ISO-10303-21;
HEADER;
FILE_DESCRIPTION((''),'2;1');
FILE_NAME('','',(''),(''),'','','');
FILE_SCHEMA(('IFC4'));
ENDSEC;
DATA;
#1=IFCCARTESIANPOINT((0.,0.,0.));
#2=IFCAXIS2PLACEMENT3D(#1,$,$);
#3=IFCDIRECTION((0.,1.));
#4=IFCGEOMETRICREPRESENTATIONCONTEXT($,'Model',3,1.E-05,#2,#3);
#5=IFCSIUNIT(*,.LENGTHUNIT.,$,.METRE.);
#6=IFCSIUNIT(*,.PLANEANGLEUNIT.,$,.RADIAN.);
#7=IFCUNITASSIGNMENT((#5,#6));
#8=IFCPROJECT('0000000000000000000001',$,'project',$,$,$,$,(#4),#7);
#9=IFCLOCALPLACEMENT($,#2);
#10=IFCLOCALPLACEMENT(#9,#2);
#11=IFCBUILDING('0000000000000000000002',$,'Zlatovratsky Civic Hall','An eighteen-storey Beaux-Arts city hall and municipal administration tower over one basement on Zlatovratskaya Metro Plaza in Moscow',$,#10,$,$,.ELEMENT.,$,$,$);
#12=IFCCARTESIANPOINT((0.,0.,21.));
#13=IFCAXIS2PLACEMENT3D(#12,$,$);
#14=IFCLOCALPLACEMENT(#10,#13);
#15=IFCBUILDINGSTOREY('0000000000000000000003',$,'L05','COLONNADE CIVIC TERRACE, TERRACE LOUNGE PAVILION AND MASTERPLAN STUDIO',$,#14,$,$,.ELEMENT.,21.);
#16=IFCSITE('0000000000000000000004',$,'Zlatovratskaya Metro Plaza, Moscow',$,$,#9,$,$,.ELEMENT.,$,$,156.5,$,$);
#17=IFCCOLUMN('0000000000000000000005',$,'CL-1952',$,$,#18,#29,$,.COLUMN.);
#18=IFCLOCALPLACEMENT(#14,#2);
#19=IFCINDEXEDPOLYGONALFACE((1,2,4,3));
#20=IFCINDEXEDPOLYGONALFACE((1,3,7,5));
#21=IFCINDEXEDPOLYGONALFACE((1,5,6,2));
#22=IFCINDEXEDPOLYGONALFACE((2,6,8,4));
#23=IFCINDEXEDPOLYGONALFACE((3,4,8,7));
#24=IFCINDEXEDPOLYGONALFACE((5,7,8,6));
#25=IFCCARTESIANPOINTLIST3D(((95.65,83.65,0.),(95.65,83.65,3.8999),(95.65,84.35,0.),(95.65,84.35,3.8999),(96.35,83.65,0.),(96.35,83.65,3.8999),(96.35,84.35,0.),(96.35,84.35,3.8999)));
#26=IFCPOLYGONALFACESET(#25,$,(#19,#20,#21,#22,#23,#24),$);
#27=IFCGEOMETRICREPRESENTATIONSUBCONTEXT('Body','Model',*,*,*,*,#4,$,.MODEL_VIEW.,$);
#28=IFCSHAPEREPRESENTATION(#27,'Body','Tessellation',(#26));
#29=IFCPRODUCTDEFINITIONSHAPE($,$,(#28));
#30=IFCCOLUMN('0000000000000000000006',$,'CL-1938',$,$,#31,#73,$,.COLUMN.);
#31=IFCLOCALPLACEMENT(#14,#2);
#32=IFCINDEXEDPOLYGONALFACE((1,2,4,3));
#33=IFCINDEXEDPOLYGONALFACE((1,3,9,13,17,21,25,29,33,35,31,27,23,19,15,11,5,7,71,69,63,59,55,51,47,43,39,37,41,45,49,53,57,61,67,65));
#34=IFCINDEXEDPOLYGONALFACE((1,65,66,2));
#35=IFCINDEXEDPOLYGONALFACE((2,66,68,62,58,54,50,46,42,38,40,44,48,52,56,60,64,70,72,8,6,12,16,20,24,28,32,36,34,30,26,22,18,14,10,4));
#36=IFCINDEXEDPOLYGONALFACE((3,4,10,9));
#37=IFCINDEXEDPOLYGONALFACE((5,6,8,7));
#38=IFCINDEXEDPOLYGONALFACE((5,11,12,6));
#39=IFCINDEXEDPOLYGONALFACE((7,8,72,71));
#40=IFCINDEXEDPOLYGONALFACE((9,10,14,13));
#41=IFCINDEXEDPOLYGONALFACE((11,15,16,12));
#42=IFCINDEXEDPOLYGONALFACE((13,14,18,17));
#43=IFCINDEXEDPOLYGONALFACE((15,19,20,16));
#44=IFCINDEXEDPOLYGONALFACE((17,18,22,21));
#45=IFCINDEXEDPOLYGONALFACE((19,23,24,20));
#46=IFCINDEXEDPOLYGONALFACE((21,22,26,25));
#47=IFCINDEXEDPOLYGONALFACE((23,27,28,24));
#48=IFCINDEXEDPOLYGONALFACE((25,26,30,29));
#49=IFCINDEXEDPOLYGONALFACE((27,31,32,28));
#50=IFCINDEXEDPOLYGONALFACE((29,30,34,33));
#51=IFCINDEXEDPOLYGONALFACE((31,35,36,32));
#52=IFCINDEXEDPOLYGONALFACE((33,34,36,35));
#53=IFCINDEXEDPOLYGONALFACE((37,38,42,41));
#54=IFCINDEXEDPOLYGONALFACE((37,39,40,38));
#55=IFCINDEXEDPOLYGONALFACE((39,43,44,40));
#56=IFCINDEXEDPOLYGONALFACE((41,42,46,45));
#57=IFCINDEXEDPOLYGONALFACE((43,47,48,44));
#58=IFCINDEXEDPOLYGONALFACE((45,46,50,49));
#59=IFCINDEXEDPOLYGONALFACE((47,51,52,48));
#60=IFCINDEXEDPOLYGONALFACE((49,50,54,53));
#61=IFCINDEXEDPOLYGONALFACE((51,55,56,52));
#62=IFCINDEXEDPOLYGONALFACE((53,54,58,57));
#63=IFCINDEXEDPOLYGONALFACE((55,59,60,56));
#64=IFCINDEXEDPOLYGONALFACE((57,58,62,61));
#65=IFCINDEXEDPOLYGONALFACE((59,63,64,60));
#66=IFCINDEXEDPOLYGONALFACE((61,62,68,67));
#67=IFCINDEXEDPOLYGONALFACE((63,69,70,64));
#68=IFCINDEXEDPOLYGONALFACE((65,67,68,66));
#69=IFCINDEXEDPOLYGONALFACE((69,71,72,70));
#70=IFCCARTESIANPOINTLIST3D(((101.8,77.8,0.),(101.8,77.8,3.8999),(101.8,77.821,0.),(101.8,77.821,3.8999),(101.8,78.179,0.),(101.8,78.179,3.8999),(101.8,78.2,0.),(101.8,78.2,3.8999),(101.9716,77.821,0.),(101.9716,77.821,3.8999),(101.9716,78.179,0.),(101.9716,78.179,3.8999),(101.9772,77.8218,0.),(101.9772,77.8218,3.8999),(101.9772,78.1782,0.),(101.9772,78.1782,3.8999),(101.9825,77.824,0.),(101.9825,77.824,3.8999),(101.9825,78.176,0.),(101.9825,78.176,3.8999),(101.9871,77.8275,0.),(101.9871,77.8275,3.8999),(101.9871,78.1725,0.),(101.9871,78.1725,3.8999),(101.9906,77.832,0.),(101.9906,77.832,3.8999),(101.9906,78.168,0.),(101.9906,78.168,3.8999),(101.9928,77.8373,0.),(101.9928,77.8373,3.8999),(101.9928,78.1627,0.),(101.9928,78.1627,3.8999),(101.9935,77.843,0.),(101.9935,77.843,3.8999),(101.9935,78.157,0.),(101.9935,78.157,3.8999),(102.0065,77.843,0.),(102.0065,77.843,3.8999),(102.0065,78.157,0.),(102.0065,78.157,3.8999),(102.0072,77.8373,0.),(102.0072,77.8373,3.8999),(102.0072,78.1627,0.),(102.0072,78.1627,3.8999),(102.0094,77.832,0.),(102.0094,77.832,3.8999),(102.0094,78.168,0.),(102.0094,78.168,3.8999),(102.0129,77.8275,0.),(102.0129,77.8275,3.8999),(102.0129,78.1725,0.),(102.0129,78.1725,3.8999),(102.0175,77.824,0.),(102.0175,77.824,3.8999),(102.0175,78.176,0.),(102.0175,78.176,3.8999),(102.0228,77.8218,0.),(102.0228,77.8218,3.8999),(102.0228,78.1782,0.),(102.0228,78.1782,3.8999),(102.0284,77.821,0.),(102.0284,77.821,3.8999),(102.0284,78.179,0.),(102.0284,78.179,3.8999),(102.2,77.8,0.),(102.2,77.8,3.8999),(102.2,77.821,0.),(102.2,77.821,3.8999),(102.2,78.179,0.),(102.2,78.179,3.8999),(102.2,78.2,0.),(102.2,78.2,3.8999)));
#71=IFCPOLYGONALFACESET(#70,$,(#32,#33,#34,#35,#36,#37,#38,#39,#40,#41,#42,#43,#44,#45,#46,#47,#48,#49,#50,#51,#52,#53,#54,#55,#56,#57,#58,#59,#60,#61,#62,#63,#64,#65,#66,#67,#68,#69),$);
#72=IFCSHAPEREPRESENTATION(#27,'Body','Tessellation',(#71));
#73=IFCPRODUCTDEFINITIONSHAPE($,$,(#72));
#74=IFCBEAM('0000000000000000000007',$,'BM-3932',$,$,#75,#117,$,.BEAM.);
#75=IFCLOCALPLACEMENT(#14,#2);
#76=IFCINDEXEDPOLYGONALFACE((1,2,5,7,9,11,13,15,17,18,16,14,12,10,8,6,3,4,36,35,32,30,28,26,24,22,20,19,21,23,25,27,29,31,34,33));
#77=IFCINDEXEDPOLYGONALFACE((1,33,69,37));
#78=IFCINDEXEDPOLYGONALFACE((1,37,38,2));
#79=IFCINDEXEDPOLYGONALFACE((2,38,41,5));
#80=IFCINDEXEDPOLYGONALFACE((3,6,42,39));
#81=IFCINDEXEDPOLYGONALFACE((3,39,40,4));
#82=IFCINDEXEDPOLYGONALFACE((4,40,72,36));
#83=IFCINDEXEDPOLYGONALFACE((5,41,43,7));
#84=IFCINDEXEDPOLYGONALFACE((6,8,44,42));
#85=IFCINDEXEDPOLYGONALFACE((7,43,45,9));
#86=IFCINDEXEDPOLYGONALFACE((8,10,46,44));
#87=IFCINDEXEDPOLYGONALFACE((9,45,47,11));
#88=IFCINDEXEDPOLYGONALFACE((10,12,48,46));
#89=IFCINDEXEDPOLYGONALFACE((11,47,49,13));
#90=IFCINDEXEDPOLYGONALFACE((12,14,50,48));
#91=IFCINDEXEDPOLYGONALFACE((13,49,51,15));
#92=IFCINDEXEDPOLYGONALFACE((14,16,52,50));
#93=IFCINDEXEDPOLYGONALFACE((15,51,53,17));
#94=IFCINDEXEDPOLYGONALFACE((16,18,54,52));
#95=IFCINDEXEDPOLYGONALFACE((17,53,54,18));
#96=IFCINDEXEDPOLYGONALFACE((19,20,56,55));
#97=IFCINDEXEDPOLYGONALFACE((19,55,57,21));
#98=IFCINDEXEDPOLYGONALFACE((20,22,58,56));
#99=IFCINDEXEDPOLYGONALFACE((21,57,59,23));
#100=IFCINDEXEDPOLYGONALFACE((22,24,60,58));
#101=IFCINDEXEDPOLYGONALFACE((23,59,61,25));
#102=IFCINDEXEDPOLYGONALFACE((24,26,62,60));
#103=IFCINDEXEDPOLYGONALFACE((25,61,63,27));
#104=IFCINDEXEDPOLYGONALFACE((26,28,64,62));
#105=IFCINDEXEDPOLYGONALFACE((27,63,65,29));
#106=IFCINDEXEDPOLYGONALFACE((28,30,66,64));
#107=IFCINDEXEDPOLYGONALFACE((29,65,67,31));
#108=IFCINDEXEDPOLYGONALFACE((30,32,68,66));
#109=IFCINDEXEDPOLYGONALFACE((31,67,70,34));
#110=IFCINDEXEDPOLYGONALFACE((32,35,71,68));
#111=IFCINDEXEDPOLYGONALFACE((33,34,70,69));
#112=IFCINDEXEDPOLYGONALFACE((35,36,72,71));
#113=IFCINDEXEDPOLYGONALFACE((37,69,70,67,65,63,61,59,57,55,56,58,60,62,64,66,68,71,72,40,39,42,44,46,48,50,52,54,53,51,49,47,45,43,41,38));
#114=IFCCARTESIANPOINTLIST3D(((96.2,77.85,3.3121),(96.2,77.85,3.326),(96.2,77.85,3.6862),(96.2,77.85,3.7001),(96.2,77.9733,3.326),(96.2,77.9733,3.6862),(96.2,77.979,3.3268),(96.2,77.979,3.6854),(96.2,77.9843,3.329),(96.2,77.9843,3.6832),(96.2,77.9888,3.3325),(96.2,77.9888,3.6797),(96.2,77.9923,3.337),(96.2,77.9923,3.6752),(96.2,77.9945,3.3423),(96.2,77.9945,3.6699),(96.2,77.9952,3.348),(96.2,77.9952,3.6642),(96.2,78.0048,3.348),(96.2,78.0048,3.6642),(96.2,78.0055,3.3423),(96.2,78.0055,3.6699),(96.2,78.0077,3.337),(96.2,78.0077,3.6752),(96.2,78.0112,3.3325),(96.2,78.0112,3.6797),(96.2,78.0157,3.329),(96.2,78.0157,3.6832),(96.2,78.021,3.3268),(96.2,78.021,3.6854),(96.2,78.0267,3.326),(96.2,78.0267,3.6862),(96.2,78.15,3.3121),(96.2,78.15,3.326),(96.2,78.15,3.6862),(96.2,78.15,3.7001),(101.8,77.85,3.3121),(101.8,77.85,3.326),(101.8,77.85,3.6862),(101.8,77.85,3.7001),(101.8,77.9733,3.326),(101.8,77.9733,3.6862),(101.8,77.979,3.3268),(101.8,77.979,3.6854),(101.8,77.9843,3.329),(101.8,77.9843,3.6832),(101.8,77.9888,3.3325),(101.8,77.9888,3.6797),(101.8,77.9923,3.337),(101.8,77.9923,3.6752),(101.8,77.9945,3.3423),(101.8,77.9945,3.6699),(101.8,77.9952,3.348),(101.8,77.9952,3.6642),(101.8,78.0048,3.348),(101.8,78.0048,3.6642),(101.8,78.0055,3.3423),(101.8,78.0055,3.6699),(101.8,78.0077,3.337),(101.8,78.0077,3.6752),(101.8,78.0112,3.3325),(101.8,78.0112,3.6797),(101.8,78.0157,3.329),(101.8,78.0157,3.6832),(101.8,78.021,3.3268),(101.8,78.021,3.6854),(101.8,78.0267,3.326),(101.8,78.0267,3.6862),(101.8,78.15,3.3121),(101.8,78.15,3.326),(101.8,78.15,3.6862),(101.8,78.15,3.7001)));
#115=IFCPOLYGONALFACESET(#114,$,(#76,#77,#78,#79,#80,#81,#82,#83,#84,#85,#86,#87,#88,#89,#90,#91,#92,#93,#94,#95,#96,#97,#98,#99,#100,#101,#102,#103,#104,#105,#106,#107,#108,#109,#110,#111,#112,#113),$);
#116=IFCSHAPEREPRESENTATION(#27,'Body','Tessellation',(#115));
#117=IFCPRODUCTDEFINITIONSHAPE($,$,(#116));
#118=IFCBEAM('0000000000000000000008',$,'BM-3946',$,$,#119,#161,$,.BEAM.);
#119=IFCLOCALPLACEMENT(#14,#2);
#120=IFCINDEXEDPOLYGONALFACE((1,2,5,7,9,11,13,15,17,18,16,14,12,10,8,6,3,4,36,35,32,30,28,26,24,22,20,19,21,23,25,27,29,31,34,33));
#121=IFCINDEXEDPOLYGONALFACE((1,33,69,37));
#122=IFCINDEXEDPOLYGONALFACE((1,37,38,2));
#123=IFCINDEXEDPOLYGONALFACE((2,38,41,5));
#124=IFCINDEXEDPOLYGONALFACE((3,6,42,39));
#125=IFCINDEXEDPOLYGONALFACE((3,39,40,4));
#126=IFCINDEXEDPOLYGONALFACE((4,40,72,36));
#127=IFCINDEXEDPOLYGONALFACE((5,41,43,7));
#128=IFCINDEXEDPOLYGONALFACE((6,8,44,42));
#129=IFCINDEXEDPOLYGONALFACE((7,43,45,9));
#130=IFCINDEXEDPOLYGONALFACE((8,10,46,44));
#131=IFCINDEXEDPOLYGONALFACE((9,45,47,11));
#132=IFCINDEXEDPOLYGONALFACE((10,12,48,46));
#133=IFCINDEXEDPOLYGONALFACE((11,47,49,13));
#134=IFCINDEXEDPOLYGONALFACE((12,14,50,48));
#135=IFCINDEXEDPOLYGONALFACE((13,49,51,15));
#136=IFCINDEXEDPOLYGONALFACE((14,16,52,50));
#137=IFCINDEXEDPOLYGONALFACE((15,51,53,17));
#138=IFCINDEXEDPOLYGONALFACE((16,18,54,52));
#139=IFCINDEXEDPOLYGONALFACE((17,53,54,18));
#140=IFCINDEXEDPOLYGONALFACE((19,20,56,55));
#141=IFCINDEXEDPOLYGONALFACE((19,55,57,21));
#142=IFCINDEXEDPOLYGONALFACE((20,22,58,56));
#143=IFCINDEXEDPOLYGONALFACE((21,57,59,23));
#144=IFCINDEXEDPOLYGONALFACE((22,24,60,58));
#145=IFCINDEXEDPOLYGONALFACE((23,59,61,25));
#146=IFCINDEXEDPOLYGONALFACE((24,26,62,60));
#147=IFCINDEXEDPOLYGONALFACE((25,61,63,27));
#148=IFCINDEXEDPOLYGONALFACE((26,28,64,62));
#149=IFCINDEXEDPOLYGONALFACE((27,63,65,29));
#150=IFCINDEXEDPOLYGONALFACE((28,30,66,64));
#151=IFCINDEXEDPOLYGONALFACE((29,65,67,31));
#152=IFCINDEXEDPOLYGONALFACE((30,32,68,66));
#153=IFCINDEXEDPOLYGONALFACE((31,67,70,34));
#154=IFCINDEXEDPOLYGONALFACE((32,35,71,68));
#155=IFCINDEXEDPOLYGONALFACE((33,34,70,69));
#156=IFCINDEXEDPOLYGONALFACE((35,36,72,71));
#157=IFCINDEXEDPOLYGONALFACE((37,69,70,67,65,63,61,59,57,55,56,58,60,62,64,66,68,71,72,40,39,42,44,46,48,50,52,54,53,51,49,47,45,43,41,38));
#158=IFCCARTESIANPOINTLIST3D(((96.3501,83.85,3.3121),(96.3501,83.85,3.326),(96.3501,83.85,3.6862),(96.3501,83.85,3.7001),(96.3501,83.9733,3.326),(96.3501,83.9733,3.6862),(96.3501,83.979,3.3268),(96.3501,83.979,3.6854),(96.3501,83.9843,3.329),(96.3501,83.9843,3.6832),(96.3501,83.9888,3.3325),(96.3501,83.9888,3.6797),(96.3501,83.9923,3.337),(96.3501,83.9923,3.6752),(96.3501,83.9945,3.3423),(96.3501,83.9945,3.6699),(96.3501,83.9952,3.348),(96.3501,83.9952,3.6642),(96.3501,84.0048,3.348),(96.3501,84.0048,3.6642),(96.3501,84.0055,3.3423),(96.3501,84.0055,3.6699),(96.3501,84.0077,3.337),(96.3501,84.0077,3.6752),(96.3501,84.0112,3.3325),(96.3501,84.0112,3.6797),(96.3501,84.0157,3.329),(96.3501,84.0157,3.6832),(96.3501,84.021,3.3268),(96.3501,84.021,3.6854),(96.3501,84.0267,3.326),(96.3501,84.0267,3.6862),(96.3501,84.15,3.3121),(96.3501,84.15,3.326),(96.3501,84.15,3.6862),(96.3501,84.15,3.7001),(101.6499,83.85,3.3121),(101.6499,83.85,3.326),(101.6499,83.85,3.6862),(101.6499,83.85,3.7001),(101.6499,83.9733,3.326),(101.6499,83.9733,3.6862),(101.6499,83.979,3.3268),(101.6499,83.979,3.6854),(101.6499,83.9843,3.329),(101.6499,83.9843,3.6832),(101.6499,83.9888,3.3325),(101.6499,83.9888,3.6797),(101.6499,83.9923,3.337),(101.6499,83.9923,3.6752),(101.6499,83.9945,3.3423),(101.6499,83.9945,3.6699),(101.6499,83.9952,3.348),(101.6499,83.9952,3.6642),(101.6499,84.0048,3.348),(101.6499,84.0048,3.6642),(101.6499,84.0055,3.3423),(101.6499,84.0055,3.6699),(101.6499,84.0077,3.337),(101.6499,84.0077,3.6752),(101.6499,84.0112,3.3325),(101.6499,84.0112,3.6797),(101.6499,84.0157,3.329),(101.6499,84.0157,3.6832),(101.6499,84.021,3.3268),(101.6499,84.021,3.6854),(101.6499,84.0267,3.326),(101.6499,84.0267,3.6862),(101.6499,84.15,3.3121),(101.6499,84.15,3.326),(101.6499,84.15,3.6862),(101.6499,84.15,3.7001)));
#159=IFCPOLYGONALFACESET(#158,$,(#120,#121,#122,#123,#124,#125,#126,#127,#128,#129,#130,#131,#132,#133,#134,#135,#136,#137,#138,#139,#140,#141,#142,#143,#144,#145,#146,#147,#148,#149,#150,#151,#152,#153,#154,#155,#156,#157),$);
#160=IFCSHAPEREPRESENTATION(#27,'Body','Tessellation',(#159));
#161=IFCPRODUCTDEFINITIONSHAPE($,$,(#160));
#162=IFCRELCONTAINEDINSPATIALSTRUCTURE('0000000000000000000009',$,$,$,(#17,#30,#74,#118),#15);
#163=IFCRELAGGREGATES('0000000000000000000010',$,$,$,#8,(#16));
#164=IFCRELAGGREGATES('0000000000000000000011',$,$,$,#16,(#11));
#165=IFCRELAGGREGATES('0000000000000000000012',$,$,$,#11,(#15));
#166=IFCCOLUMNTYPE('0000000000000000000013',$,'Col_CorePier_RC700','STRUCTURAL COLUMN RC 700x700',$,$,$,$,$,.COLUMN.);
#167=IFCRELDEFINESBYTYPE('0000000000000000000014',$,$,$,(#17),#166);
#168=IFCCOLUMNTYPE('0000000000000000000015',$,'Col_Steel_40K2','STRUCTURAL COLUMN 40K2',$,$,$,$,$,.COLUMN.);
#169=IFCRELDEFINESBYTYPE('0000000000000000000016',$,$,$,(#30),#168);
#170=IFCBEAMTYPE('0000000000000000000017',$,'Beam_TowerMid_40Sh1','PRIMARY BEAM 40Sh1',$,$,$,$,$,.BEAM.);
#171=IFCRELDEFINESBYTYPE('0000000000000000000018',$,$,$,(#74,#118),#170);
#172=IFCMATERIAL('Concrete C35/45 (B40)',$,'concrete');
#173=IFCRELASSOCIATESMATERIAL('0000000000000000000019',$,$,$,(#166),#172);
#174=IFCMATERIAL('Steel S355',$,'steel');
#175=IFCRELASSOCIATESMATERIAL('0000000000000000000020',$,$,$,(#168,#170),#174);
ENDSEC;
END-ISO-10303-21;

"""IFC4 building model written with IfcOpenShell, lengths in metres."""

from ifc_helpers import new_model, si_unit, direction, frame, origin, origin_2d, place, context, subcontext, project, spatial, rectangle, i_section, extrude, material, material_profile, profile_set, type_object, element, save


model = new_model("IFC4")

# Units and contexts
model_context = context("Model", 3, precision=1e-05, world=origin(), true_north=direction((0.0, 1.0)))
body_context = subcontext(model_context, "Body", "Model", "MODEL_VIEW")
ifc_project = project(units=[si_unit("LENGTHUNIT", "METRE"), si_unit("PLANEANGLEUNIT", "RADIAN")], contexts=[model_context])

# Site, building, storey
site_placement = place(None, origin())
site = spatial("IfcSite", under=ifc_project, at=site_placement, Name="Zlatovratskaya Metro Plaza, Moscow", CompositionType="ELEMENT", RefElevation=156.5)
building_placement = place(site_placement, origin())
building = spatial("IfcBuilding", under=site, at=building_placement, Name="Zlatovratsky Civic Hall", Description="An eighteen-storey Beaux-Arts city hall and municipal administration tower over one basement on Zlatovratskaya Metro Plaza in Moscow", CompositionType="ELEMENT")
storey_placement = place(building_placement, frame((0.0, 0.0, 21.0)))
storey = spatial("IfcBuildingStorey", under=building, at=storey_placement, Name="L05", Description="COLONNADE CIVIC TERRACE, TERRACE LOUNGE PAVILION AND MASTERPLAN STUDIO", CompositionType="ELEMENT", Elevation=21.0)

# Columns
ifc_material_1 = material(Name="Concrete C35/45 (B40)", Category="concrete")
ifc_material_profile_1 = material_profile(ifc_material_1, rectangle(XDim=0.7, YDim=0.7, at=origin_2d()), Name="RC 700x700")
ifc_profile_set_1 = profile_set([ifc_material_profile_1], Name="Concrete C35/45 (B40)")
column_type_1 = type_object("IfcColumnType", Name="Col_CorePier_RC700", Description="STRUCTURAL COLUMN RC 700x700", PredefinedType="COLUMN", material=ifc_profile_set_1)
column_1_placement = place(storey_placement, frame((96.0, 84.0, 0.0), z_axis=(0.0, 0.0, 1.0), x_axis=(1.0, 0.0, 0.0)))
element("IfcColumn", 1, at=column_1_placement, inside=storey, type_object=column_type_1, Name="CL-1952", PredefinedType="COLUMN", context=body_context, shape_type="SweptSolid", body=[
    extrude(rectangle(XDim=0.7, YDim=0.7, at=origin_2d()), origin(), (0.0, 0.0, 1.0), 3.8999),
])
ifc_material_2 = material(Name="Steel S355", Category="steel")
ifc_material_profile_2 = material_profile(ifc_material_2, i_section(OverallWidth=0.3999, OverallDepth=0.3999, WebThickness=0.0129, FlangeThickness=0.021, FilletRadius=0.022, at=origin_2d()), Name="40K2")
ifc_profile_set_2 = profile_set([ifc_material_profile_2], Name="Steel S355")
column_type_2 = type_object("IfcColumnType", Name="Col_Steel_40K2", Description="STRUCTURAL COLUMN 40K2", PredefinedType="COLUMN", material=ifc_profile_set_2)
column_2_placement = place(storey_placement, frame((102.0, 78.0, 0.0), z_axis=(0.0, 0.0, 1.0), x_axis=(1.0, 0.0, 0.0)))
element("IfcColumn", 2, at=column_2_placement, inside=storey, type_object=column_type_2, Name="CL-1938", PredefinedType="COLUMN", context=body_context, shape_type="SweptSolid", body=[
    extrude(i_section(OverallWidth=0.3999, OverallDepth=0.3999, WebThickness=0.0129, FlangeThickness=0.021, FilletRadius=0.022, at=origin_2d()), origin(), (0.0, 0.0, 1.0), 3.8999),
])

# Beams
ifc_material_profile_3 = material_profile(ifc_material_2, i_section(OverallWidth=0.3, OverallDepth=0.3879, WebThickness=0.0095, FlangeThickness=0.0139, FilletRadius=0.022, at=origin_2d()), Name="40Sh1")
ifc_profile_set_3 = profile_set([ifc_material_profile_3], Name="Steel S355")
beam_type = type_object("IfcBeamType", Name="Beam_TowerMid_40Sh1", Description="PRIMARY BEAM 40Sh1", PredefinedType="BEAM", material=ifc_profile_set_3)
beam_1_placement = place(storey_placement, frame((96.2, 78.0, 3.5061), z_axis=(1.0, 0.0, 0.0), x_axis=(0.0, 1.0, 0.0)))
element("IfcBeam", 3, at=beam_1_placement, inside=storey, type_object=beam_type, Name="BM-3932", PredefinedType="BEAM", context=body_context, shape_type="SweptSolid", body=[
    extrude(i_section(OverallWidth=0.3, OverallDepth=0.3879, WebThickness=0.0095, FlangeThickness=0.0139, FilletRadius=0.022, at=origin_2d()), origin(), (0.0, 0.0, 1.0), 5.6001),
])
beam_2_placement = place(storey_placement, frame((96.3501, 84.0, 3.5061), z_axis=(1.0, 0.0, 0.0), x_axis=(0.0, 1.0, 0.0)))
element("IfcBeam", 4, at=beam_2_placement, inside=storey, type_object=beam_type, Name="BM-3946", PredefinedType="BEAM", context=body_context, shape_type="SweptSolid", body=[
    extrude(i_section(OverallWidth=0.3, OverallDepth=0.3879, WebThickness=0.0095, FlangeThickness=0.0139, FilletRadius=0.022, at=origin_2d()), origin(), (0.0, 0.0, 1.0), 5.2998),
])

save(model, "model.ifc")
